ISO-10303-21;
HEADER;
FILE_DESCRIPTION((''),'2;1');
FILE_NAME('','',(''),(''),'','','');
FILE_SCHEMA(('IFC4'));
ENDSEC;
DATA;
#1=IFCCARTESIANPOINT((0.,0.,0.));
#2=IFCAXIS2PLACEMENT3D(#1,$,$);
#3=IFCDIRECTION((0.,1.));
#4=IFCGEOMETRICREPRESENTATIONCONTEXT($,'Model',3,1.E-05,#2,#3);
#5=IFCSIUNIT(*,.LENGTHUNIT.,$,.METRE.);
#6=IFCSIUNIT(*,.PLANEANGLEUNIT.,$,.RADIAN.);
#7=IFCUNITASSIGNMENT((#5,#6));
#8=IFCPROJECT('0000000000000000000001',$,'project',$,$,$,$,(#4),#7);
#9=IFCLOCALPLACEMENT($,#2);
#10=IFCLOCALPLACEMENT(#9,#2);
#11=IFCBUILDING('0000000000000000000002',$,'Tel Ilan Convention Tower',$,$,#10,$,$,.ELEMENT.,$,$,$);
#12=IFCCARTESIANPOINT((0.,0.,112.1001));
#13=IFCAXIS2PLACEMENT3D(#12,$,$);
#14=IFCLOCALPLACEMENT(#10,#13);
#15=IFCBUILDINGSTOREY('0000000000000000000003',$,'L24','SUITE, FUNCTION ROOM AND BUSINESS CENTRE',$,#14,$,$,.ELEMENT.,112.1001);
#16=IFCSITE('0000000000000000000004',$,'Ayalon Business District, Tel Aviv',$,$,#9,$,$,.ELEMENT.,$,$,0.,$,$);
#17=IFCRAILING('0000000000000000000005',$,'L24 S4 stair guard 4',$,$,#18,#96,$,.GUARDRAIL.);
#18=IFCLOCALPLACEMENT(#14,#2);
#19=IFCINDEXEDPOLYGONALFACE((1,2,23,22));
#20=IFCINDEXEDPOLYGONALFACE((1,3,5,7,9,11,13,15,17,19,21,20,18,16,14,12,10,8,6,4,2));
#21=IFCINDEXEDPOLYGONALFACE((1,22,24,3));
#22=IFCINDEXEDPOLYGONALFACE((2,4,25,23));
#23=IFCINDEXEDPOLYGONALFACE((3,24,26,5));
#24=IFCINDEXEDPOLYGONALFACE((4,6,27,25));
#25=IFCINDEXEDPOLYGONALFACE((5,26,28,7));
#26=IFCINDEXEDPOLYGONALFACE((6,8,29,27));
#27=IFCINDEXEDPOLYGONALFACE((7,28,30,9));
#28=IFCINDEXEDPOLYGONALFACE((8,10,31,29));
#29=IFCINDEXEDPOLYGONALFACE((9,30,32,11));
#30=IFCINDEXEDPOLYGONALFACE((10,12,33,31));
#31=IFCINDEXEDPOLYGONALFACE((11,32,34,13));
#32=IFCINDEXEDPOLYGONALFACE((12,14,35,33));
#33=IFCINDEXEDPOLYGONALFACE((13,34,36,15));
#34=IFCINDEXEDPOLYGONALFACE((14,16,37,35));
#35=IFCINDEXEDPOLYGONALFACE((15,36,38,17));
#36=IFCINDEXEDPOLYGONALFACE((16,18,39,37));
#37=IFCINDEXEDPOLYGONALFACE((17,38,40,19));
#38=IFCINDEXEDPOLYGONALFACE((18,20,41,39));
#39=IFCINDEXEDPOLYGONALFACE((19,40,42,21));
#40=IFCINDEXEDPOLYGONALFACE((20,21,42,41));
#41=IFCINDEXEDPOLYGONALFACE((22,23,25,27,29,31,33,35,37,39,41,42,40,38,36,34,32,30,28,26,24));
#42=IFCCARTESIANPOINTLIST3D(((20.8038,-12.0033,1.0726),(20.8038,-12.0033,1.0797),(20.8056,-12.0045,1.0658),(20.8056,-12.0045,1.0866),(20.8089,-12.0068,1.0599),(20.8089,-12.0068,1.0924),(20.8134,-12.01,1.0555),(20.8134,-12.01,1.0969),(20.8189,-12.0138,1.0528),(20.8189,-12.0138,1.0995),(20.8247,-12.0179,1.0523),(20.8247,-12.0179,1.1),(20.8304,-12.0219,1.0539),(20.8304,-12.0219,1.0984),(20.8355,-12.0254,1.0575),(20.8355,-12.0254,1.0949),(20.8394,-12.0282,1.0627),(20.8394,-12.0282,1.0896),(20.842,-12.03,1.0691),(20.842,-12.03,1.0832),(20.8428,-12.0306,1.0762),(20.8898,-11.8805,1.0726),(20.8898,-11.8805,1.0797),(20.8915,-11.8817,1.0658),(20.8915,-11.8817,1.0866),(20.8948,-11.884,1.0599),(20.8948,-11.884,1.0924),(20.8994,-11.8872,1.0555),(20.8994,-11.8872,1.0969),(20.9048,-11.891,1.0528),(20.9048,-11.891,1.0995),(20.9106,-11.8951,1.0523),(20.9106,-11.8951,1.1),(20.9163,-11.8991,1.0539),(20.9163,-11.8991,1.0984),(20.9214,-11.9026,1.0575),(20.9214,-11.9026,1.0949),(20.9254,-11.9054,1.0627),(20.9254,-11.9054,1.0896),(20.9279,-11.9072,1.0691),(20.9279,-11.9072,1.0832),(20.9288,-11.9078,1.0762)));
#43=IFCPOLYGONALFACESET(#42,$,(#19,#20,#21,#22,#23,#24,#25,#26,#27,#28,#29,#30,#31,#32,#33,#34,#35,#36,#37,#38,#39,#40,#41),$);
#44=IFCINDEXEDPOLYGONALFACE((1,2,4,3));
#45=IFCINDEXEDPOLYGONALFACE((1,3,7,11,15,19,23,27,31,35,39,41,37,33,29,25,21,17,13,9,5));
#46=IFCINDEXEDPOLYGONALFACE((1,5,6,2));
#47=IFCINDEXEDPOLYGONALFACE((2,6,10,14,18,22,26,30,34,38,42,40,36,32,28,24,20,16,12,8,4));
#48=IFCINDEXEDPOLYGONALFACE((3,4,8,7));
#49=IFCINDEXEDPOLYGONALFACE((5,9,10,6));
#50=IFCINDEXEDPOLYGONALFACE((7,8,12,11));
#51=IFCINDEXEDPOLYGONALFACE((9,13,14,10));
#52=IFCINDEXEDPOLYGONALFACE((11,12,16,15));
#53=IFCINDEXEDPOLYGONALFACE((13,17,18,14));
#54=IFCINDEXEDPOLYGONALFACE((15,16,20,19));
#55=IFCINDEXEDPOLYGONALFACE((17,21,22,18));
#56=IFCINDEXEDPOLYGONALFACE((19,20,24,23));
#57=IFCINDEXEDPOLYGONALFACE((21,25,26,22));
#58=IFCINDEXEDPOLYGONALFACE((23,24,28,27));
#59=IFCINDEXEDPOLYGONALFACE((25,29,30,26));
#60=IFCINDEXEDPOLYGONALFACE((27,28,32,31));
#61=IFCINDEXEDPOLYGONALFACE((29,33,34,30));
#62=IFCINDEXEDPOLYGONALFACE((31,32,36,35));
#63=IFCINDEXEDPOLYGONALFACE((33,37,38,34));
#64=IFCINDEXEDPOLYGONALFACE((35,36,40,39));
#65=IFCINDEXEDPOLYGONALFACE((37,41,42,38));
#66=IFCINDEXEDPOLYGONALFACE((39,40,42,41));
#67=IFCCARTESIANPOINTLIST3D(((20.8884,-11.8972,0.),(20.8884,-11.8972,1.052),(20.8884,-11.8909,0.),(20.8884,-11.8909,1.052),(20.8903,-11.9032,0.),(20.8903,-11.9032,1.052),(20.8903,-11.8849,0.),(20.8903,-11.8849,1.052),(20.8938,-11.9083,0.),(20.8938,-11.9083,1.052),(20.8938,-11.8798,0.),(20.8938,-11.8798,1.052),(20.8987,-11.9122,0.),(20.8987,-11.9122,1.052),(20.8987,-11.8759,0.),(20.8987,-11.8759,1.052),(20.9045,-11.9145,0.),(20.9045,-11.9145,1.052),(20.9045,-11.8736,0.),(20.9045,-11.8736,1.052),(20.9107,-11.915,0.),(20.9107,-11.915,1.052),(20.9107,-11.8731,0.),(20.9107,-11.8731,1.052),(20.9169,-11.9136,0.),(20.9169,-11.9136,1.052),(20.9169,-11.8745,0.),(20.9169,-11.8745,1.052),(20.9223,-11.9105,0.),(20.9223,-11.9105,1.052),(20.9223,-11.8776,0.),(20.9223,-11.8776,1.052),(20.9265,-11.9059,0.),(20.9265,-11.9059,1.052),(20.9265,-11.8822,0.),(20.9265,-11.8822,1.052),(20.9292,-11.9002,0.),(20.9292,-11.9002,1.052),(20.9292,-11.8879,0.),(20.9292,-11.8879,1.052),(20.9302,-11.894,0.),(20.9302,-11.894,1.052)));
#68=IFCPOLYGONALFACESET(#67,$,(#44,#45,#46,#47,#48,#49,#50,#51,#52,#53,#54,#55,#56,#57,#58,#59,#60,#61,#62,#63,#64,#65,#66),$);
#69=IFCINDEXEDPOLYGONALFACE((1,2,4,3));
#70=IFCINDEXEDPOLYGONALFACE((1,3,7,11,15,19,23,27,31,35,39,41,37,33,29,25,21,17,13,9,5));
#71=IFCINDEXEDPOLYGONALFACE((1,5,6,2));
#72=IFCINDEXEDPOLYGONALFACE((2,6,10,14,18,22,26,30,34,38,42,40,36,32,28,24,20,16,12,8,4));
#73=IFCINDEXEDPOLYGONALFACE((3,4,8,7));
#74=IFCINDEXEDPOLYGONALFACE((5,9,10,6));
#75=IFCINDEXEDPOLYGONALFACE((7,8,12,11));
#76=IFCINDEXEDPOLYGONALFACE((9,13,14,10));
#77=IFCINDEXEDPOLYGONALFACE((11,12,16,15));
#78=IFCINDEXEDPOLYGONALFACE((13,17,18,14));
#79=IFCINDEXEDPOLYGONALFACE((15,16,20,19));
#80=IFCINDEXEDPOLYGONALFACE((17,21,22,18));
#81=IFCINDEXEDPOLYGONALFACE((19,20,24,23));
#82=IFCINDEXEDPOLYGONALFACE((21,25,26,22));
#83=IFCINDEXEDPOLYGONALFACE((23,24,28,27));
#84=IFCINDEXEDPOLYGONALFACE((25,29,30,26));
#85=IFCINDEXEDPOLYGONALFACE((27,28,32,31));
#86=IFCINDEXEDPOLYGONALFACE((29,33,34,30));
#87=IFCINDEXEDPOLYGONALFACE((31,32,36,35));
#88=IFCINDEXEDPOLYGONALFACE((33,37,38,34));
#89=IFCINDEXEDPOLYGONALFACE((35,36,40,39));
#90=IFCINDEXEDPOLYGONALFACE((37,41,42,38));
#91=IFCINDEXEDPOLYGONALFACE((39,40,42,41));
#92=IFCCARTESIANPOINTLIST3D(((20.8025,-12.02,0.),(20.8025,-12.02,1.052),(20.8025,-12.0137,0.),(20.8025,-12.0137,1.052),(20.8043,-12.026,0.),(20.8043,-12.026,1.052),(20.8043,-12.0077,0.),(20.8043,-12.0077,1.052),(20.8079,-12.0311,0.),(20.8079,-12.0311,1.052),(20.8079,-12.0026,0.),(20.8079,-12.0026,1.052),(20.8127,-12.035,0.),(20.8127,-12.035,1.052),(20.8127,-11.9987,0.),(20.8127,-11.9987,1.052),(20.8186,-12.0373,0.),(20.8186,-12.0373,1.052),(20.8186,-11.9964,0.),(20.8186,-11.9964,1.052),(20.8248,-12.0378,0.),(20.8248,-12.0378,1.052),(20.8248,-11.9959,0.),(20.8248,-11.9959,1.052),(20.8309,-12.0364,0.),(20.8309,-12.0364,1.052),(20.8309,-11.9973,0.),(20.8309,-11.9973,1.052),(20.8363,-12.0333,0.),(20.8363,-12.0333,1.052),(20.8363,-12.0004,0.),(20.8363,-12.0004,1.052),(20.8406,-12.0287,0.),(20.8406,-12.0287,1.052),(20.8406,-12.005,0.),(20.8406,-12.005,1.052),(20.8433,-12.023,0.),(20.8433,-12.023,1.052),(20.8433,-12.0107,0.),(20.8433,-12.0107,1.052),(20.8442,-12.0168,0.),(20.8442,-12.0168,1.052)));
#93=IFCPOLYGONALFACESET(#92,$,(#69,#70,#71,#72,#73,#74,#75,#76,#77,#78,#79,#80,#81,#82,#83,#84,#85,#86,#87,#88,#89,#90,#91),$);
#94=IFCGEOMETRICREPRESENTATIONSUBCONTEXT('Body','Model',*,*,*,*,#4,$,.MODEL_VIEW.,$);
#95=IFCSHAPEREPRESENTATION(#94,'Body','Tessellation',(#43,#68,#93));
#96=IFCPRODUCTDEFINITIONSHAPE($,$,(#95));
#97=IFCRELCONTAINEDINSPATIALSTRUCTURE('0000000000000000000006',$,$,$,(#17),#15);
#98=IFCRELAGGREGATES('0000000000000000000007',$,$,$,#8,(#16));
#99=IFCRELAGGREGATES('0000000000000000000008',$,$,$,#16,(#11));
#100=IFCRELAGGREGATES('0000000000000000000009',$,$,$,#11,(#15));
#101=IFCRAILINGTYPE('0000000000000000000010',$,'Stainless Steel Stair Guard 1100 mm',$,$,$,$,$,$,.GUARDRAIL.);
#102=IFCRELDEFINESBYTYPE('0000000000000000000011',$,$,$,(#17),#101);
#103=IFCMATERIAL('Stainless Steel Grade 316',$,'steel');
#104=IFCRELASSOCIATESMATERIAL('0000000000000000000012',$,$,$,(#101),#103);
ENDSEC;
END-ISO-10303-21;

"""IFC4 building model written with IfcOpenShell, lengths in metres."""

from ifc_helpers import new_model, si_unit, direction, frame, origin, origin_2d, place, context, subcontext, project, spatial, circle, extrude, material, type_object, element, save


model = new_model("IFC4")

# Units and contexts
model_context = context("Model", 3, precision=1e-05, world=origin(), true_north=direction((0.0, 1.0)))
body_context = subcontext(model_context, "Body", "Model", "MODEL_VIEW")
ifc_project = project(units=[si_unit("LENGTHUNIT", "METRE"), si_unit("PLANEANGLEUNIT", "RADIAN")], contexts=[model_context])

# Site, building, storey
site_placement = place(None, origin())
site = spatial("IfcSite", under=ifc_project, at=site_placement, Name="Ayalon Business District, Tel Aviv", CompositionType="ELEMENT", RefElevation=0.0)
building_placement = place(site_placement, origin())
building = spatial("IfcBuilding", under=site, at=building_placement, Name="Tel Ilan Convention Tower", CompositionType="ELEMENT")
storey_placement = place(building_placement, frame((0.0, 0.0, 112.1001)))
storey = spatial("IfcBuildingStorey", under=building, at=storey_placement, Name="L24", Description="SUITE, FUNCTION ROOM AND BUSINESS CENTRE", CompositionType="ELEMENT", Elevation=112.1001)

# Railing
ifc_material_1 = material(Name="Stainless Steel Grade 316", Category="steel")
railing_type_1 = type_object("IfcRailingType", Name="Stainless Steel Stair Guard 1100 mm", PredefinedType="GUARDRAIL", material=ifc_material_1)
railing_1_placement = place(storey_placement, frame((20.9092, -11.894, 0.0)))
element("IfcRailing", 1, at=railing_1_placement, inside=storey, type_object=railing_type_1, Name="L24 S4 stair guard 4", PredefinedType="GUARDRAIL", context=body_context, shape_type="SweptSolid", body=[
    extrude(circle(Radius=0.0239, at=origin_2d()), frame((0.0, 0.0, 1.0762), z_axis=(-0.573353, -0.819308, 0.0), x_axis=(0.819308, -0.573353, 0.0)), (0.0, 0.0, 1.0), 0.1499),
    extrude(circle(Radius=0.021, at=origin_2d()), origin(), (0.0, 0.0, 1.0), 1.052),
    extrude(circle(Radius=0.021, at=origin_2d()), frame((-0.0859, -0.1228, 0.0)), (0.0, 0.0, 1.0), 1.052),
])

save(model, "model.ifc")
